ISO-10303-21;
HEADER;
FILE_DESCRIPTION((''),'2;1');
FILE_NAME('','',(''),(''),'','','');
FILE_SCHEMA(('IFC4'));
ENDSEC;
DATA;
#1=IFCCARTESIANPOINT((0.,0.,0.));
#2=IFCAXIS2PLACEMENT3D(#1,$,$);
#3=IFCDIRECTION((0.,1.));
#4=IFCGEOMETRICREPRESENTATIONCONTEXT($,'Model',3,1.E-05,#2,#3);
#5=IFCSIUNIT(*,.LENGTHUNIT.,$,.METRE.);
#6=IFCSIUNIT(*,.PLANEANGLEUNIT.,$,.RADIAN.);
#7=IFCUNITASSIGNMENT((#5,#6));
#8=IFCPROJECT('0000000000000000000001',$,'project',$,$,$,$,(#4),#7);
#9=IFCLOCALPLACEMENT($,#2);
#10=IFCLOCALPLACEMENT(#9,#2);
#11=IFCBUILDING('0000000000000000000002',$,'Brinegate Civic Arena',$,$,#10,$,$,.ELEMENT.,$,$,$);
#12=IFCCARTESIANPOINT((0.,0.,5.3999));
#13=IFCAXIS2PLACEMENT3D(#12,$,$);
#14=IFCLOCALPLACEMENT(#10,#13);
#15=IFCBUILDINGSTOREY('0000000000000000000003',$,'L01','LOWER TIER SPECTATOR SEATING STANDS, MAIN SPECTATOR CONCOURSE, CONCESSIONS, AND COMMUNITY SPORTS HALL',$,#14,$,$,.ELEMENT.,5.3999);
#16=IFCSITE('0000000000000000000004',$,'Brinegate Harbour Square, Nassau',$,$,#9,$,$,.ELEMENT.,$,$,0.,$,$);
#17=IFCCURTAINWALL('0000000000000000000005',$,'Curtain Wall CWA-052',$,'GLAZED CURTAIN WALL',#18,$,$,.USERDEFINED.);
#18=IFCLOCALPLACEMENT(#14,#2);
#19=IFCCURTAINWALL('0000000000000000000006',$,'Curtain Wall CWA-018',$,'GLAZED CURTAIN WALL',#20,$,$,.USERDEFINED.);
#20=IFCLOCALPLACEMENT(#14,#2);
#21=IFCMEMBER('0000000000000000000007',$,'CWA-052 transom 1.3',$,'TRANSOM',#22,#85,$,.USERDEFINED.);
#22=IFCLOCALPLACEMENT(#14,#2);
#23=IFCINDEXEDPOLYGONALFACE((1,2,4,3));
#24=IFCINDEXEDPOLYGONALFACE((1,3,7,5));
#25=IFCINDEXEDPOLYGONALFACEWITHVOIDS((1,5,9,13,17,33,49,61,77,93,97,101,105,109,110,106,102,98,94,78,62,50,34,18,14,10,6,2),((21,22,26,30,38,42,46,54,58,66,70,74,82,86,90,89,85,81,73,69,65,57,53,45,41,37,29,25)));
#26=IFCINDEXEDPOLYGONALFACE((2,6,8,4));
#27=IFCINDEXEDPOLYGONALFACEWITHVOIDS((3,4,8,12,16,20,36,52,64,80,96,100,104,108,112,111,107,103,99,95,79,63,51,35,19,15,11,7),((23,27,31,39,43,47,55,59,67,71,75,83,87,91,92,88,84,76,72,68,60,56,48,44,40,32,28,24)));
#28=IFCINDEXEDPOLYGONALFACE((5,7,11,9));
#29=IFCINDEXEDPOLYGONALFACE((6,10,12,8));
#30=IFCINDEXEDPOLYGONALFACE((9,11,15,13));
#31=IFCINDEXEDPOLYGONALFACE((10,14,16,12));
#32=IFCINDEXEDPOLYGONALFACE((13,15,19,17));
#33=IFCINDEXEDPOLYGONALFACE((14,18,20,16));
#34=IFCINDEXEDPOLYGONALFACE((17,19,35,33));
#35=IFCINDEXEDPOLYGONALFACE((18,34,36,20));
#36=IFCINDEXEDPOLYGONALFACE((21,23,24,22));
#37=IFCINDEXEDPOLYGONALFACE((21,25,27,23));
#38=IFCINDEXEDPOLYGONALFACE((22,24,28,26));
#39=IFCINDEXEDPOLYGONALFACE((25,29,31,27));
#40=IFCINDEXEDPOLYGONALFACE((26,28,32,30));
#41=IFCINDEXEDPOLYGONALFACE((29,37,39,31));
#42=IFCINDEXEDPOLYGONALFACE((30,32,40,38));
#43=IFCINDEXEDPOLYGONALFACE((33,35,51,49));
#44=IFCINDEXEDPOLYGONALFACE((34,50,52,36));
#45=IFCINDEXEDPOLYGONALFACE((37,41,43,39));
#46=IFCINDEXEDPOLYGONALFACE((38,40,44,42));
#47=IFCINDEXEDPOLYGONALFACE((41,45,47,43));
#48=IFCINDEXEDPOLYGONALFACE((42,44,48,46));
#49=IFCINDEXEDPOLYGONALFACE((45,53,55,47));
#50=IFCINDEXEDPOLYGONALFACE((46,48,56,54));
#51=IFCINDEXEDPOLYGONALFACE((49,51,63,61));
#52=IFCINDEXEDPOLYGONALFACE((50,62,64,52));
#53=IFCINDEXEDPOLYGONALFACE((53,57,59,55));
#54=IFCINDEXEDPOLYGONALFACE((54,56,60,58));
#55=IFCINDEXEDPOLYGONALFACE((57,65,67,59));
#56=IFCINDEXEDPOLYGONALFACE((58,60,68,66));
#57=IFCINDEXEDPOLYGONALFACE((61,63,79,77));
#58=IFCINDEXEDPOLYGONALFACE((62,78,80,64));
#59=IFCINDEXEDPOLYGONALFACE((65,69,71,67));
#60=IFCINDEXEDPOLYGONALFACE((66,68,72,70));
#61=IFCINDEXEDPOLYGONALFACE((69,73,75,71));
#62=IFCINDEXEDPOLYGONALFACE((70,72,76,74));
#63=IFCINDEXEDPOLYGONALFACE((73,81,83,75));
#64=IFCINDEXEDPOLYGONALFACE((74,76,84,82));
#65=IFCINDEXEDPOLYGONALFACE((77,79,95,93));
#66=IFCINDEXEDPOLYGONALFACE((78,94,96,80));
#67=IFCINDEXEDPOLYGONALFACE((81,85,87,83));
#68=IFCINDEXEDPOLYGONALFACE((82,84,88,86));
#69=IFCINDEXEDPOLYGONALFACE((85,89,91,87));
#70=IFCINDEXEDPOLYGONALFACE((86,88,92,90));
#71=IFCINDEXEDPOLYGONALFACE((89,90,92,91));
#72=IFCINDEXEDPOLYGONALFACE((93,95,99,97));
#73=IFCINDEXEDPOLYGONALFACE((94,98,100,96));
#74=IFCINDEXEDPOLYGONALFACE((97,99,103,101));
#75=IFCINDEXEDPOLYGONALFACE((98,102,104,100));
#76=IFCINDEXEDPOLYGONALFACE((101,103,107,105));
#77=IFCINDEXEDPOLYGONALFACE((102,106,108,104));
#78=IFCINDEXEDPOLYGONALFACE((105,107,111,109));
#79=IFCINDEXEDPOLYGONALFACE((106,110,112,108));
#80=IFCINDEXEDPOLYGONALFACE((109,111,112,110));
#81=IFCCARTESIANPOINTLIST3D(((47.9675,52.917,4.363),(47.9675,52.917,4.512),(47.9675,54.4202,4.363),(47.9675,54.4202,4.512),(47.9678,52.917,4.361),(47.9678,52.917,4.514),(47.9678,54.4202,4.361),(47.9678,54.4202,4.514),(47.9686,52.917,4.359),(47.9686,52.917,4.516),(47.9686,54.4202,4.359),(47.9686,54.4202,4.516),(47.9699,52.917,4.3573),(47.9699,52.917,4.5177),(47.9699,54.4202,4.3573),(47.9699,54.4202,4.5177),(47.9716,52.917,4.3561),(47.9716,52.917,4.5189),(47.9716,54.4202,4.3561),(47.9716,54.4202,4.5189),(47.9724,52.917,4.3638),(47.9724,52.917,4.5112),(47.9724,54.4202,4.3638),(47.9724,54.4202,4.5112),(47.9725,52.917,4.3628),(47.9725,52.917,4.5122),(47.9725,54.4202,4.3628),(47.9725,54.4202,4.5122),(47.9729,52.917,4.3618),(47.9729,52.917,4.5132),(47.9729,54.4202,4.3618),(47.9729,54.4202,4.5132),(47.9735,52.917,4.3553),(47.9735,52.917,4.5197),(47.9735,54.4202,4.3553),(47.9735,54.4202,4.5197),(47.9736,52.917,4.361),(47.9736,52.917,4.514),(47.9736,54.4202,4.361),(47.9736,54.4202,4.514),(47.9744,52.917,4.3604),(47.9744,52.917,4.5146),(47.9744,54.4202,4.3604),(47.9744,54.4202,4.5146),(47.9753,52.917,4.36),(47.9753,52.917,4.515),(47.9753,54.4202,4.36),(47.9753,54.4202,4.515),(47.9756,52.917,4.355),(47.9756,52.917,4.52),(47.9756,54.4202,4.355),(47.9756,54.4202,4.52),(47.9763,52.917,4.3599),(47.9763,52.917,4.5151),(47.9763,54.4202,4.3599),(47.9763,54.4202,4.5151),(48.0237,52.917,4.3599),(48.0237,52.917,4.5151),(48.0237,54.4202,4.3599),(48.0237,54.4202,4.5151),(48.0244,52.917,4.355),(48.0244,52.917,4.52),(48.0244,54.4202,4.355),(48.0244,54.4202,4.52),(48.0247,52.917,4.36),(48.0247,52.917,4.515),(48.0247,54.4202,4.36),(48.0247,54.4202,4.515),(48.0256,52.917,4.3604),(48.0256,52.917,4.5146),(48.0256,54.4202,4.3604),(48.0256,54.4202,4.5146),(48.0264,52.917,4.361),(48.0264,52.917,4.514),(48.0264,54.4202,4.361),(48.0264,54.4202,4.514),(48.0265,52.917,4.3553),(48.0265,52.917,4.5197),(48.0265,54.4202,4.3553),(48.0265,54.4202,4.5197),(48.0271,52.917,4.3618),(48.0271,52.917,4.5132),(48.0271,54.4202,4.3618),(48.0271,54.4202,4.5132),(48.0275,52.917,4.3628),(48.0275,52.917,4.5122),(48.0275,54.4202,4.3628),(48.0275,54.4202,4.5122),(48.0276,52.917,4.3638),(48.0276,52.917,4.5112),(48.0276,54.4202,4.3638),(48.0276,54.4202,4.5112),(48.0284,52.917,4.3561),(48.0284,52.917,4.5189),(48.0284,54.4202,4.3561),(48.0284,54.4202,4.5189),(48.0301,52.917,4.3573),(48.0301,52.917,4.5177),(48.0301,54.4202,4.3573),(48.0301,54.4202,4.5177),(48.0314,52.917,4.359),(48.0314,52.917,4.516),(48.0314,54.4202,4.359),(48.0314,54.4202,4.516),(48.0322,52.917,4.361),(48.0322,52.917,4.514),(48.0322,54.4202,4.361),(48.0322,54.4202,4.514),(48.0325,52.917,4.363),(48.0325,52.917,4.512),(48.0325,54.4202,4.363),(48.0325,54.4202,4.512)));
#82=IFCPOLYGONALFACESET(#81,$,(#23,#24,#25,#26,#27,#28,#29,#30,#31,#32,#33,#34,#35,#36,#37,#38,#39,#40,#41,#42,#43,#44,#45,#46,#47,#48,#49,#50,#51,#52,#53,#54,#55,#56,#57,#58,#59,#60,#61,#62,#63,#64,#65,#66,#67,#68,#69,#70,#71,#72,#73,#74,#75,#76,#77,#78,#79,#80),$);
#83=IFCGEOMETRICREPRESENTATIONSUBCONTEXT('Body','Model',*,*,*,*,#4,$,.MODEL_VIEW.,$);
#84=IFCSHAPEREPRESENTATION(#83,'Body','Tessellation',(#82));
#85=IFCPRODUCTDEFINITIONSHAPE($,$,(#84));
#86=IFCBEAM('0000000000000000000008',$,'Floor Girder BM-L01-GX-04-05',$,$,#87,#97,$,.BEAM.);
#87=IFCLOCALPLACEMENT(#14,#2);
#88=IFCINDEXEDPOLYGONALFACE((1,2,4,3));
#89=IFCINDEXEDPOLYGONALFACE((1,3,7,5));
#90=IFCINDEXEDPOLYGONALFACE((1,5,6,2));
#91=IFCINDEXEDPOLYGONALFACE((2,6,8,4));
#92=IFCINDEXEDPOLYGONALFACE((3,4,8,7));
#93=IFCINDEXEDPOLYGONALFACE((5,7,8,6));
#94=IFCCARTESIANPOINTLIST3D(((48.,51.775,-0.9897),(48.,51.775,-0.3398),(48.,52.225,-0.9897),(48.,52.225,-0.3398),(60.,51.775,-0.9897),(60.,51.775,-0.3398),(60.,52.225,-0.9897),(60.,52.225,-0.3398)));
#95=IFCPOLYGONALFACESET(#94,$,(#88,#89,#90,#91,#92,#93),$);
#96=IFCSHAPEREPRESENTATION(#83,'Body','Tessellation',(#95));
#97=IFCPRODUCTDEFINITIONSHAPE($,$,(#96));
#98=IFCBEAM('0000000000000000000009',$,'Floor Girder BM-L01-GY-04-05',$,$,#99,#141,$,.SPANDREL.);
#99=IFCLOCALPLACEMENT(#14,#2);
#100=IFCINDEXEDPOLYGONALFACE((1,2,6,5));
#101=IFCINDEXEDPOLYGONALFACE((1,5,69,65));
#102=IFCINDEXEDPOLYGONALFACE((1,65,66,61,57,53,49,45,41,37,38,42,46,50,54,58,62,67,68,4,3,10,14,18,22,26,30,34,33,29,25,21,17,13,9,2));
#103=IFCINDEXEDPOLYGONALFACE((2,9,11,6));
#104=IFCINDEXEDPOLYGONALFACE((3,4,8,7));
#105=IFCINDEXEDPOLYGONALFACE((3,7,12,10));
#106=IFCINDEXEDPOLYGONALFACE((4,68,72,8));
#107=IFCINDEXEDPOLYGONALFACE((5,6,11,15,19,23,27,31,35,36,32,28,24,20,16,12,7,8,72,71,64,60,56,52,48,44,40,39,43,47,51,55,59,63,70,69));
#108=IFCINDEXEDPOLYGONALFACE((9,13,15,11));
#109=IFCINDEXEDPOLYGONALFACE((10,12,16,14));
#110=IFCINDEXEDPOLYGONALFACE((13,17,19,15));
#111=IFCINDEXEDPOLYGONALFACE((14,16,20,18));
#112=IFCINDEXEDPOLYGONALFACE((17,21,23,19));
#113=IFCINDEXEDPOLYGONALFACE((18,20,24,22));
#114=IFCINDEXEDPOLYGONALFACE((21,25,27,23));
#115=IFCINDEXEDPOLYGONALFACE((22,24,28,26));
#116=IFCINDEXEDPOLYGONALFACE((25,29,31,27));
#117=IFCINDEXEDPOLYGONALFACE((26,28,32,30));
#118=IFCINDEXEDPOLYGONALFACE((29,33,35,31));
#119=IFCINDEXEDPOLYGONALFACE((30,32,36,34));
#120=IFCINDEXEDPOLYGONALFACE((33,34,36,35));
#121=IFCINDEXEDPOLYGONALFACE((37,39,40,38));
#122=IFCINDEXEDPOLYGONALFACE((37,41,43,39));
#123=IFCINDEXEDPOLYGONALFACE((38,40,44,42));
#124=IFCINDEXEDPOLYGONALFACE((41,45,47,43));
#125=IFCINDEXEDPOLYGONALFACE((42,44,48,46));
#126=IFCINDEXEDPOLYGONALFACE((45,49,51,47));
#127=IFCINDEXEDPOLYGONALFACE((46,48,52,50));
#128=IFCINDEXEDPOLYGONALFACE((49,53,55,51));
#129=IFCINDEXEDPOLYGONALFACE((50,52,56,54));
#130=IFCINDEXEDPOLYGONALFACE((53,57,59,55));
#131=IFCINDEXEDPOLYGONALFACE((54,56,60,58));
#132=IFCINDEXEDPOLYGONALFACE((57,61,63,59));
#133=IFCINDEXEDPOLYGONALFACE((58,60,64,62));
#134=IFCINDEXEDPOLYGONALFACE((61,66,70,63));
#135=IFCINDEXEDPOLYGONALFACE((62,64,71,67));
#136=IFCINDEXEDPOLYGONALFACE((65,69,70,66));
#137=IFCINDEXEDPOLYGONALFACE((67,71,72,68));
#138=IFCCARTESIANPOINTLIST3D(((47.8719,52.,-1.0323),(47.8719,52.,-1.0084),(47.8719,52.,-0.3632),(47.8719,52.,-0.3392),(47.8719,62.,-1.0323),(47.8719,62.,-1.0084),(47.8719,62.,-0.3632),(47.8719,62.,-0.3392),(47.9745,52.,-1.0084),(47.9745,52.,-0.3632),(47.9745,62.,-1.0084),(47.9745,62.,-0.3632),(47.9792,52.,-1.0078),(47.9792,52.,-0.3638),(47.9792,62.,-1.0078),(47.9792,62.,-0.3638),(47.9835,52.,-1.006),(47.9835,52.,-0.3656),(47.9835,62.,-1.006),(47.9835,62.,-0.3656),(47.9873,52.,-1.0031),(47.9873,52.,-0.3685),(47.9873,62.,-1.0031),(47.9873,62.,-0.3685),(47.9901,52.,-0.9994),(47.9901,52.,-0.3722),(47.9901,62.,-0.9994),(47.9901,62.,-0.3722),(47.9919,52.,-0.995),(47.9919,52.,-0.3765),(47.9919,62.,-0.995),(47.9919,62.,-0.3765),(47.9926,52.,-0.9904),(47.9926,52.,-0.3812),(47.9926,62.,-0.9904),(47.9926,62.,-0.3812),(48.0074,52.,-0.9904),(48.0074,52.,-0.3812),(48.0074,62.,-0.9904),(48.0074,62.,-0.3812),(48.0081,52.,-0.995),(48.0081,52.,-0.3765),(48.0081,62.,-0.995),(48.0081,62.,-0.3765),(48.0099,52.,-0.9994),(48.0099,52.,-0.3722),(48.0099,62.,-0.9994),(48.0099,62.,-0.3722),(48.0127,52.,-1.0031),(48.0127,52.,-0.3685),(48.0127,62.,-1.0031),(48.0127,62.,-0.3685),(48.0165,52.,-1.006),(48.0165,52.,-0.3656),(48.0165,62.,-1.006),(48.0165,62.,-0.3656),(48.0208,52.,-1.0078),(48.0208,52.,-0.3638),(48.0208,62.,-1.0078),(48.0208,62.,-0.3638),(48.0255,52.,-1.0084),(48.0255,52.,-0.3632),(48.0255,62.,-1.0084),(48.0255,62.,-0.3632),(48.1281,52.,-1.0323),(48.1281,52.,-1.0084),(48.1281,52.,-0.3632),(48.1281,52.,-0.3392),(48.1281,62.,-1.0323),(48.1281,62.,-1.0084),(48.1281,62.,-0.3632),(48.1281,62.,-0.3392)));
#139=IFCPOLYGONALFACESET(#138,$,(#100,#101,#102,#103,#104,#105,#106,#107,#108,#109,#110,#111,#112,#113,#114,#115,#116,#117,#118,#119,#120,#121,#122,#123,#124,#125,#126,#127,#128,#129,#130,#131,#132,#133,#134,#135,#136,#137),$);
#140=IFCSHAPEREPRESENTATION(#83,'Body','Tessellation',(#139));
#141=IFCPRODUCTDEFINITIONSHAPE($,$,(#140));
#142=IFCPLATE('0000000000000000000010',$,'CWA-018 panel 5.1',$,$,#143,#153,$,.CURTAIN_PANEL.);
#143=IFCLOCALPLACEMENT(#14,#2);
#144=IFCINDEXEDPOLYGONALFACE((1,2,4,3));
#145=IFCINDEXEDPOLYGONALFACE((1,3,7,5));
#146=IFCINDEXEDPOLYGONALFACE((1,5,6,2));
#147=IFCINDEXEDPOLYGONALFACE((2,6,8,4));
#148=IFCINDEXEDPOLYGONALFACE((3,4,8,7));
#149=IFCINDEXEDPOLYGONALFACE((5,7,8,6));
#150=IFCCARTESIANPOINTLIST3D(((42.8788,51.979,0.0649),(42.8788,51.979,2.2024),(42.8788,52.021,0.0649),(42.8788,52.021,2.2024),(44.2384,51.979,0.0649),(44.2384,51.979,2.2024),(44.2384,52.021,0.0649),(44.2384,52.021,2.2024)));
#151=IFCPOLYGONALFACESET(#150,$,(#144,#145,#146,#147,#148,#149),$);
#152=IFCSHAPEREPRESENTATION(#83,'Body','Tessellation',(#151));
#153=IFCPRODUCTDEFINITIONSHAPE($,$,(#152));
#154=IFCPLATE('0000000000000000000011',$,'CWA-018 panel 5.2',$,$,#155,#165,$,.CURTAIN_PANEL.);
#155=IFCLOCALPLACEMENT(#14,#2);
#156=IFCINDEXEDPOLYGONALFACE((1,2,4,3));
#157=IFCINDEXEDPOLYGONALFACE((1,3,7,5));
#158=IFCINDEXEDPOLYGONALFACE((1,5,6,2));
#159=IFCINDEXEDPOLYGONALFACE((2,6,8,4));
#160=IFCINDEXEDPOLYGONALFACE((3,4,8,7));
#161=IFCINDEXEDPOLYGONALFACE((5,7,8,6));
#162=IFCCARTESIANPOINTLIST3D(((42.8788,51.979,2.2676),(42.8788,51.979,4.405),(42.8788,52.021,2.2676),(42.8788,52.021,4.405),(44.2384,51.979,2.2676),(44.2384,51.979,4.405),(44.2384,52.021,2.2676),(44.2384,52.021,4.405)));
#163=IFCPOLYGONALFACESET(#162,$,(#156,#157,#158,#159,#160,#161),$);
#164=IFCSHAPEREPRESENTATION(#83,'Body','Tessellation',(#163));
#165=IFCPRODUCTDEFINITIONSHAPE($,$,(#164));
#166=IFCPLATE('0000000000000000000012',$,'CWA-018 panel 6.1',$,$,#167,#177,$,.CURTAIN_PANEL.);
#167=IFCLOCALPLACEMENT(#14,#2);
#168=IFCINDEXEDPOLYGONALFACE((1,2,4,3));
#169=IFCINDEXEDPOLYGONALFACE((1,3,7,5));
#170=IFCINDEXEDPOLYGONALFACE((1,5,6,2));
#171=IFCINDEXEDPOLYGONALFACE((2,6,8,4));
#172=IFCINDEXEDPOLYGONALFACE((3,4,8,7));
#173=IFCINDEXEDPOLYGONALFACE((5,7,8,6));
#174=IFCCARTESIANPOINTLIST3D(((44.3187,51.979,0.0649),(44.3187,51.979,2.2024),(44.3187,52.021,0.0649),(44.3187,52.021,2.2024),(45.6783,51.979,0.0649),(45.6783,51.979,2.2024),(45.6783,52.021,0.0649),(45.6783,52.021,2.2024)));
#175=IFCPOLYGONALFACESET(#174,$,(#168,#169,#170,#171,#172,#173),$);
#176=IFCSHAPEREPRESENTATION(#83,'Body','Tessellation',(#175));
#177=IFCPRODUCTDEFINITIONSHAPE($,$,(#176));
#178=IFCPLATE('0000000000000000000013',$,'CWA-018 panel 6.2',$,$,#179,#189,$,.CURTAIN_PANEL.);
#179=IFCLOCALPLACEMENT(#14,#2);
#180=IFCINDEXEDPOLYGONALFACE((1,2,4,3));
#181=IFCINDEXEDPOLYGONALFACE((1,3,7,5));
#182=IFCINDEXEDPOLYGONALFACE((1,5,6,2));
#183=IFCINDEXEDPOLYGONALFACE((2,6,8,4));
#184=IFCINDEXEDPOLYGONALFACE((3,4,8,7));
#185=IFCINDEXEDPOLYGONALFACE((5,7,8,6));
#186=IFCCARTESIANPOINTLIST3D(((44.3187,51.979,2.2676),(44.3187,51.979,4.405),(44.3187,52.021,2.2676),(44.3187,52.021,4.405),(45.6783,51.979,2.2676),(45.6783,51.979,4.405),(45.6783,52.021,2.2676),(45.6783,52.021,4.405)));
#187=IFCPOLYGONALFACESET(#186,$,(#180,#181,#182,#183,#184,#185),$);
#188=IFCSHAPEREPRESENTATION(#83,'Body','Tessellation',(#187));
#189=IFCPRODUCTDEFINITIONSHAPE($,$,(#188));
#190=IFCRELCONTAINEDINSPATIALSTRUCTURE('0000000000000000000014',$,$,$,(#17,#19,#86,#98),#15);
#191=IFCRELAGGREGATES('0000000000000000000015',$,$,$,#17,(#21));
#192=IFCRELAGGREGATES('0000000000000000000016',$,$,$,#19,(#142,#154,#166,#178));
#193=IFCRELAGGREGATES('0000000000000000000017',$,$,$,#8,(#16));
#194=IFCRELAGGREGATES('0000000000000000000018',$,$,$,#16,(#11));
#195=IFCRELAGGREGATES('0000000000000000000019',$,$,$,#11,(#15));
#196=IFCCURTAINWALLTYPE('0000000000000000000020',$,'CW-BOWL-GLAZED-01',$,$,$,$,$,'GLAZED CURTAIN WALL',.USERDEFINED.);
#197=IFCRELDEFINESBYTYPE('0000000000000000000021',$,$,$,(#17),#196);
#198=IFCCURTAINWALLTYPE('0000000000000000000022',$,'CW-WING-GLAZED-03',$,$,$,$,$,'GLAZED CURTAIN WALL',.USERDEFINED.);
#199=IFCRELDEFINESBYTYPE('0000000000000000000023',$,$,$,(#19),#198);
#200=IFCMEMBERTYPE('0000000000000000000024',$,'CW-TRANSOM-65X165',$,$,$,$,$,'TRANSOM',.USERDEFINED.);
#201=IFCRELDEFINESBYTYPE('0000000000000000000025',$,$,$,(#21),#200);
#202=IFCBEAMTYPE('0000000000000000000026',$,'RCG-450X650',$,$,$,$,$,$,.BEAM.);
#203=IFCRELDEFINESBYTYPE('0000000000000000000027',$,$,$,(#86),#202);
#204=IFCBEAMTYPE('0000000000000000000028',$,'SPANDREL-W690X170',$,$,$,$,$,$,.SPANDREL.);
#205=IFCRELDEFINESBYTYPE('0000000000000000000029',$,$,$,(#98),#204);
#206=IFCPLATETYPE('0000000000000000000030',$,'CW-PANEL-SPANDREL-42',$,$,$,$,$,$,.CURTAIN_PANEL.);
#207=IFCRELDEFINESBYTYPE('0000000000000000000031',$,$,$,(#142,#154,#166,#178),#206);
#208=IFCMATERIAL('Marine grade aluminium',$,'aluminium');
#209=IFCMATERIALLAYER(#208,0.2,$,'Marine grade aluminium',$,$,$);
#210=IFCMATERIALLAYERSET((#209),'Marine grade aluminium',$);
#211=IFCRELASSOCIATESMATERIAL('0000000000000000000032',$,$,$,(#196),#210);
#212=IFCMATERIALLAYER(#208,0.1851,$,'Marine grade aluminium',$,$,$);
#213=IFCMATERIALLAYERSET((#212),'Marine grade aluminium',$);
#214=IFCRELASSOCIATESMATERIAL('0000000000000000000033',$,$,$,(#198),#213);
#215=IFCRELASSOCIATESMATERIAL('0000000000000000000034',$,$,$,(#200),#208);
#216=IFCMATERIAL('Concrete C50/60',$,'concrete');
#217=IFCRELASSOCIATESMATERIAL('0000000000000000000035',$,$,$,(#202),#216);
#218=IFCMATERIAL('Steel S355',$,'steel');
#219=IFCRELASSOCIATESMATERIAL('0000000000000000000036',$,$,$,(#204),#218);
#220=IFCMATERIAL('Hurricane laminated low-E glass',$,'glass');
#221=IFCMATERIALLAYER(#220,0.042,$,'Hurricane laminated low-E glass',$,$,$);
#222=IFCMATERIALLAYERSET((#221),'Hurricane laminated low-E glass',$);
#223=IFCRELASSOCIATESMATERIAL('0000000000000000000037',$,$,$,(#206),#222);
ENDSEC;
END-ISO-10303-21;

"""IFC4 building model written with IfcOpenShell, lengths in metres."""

from ifc_helpers import new_model, si_unit, direction, frame, origin, origin_2d, place, context, subcontext, project, spatial, rectangle, hollow_rectangle, i_section, extrude, material, layer, layer_set, material_profile, profile_set, type_object, element, aggregate, save


model = new_model("IFC4")

# Units and contexts
model_context = context("Model", 3, precision=1e-05, world=origin(), true_north=direction((0.0, 1.0)))
body_context = subcontext(model_context, "Body", "Model", "MODEL_VIEW")
ifc_project = project(units=[si_unit("LENGTHUNIT", "METRE"), si_unit("PLANEANGLEUNIT", "RADIAN")], contexts=[model_context])

# Site, building, storey
site_placement = place(None, origin())
site = spatial("IfcSite", under=ifc_project, at=site_placement, Name="Brinegate Harbour Square, Nassau", CompositionType="ELEMENT", RefElevation=0.0)
building_placement = place(site_placement, origin())
building = spatial("IfcBuilding", under=site, at=building_placement, Name="Brinegate Civic Arena", CompositionType="ELEMENT")
storey_placement = place(building_placement, frame((0.0, 0.0, 5.3999)))
storey = spatial("IfcBuildingStorey", under=building, at=storey_placement, Name="L01", Description="LOWER TIER SPECTATOR SEATING STANDS, MAIN SPECTATOR CONCOURSE, CONCESSIONS, AND COMMUNITY SPORTS HALL", CompositionType="ELEMENT", Elevation=5.3999)

# Shared definitions
ifc_material_1 = material(Name="Steel S355", Category="steel")

# Curtain wall
ifc_material_2 = material(Name="Marine grade aluminium", Category="aluminium")
ifc_layer_1 = layer(ifc_material_2, 0.2, Name="Marine grade aluminium")
ifc_layer_set_1 = layer_set([ifc_layer_1], Name="Marine grade aluminium")
curtain_wall_type_1 = type_object("IfcCurtainWallType", Name="CW-BOWL-GLAZED-01", ElementType="GLAZED CURTAIN WALL", PredefinedType="USERDEFINED", material=ifc_layer_set_1)
curtain_wall_1_placement = place(storey_placement, origin())
curtain_wall_1 = element("IfcCurtainWall", 1, at=curtain_wall_1_placement, inside=storey, type_object=curtain_wall_type_1, Name="Curtain Wall CWA-052", ObjectType="GLAZED CURTAIN WALL", PredefinedType="USERDEFINED")

# Curtain wall
ifc_layer_2 = layer(ifc_material_2, 0.1851, Name="Marine grade aluminium")
ifc_layer_set_2 = layer_set([ifc_layer_2], Name="Marine grade aluminium")
curtain_wall_type_2 = type_object("IfcCurtainWallType", Name="CW-WING-GLAZED-03", ElementType="GLAZED CURTAIN WALL", PredefinedType="USERDEFINED", material=ifc_layer_set_2)
curtain_wall_2_placement = place(storey_placement, origin())
curtain_wall_2 = element("IfcCurtainWall", 2, at=curtain_wall_2_placement, inside=storey, type_object=curtain_wall_type_2, Name="Curtain Wall CWA-018", ObjectType="GLAZED CURTAIN WALL", PredefinedType="USERDEFINED")
ifc_material_profile_1 = material_profile(ifc_material_2, hollow_rectangle(XDim=0.0649, YDim=0.165, WallThickness=0.0049, InnerFilletRadius=0.0039, OuterFilletRadius=0.0081, at=origin_2d()), Name="TRN65X165")
ifc_profile_set_1 = profile_set([ifc_material_profile_1], Name="Marine grade aluminium")
member_type_1 = type_object("IfcMemberType", Name="CW-TRANSOM-65X165", ElementType="TRANSOM", PredefinedType="USERDEFINED", material=ifc_profile_set_1)

# Member
member_1_placement = place(storey_placement, frame((48.0, 52.917, 4.4375), z_axis=(0.0, 1.0, 0.0), x_axis=(-1.0, 0.0, 0.0)))
member_1 = element("IfcMember", 3, at=member_1_placement, type_object=member_type_1, Name="CWA-052 transom 1.3", ObjectType="TRANSOM", PredefinedType="USERDEFINED", context=body_context, shape_type="SweptSolid", body=[
    extrude(hollow_rectangle(XDim=0.0649, YDim=0.165, WallThickness=0.0049, InnerFilletRadius=0.0039, OuterFilletRadius=0.0081, at=origin_2d()), origin(), (0.0, 0.0, 1.0), 1.5032),
])
aggregate(curtain_wall_1, [member_1])

# Beams
ifc_material_3 = material(Name="Concrete C50/60", Category="concrete")
ifc_material_profile_2 = material_profile(ifc_material_3, rectangle(XDim=0.45, YDim=0.6499, at=origin_2d()), Name="RCB450X650")
ifc_profile_set_2 = profile_set([ifc_material_profile_2], Name="Concrete C50/60")
beam_type_1 = type_object("IfcBeamType", Name="RCG-450X650", PredefinedType="BEAM", material=ifc_profile_set_2)
beam_1_placement = place(storey_placement, frame((48.0, 52.0, -0.6648), z_axis=(1.0, 0.0, 0.0), x_axis=(0.0, 1.0, 0.0)))
element("IfcBeam", 4, at=beam_1_placement, inside=storey, type_object=beam_type_1, Name="Floor Girder BM-L01-GX-04-05", PredefinedType="BEAM", context=body_context, shape_type="SweptSolid", body=[
    extrude(rectangle(XDim=0.45, YDim=0.6499, at=origin_2d()), origin(), (0.0, 0.0, 1.0), 12.0),
])
ifc_material_profile_3 = material_profile(ifc_material_1, i_section(OverallWidth=0.2561, OverallDepth=0.6931, WebThickness=0.0149, FlangeThickness=0.0239, FilletRadius=0.0181, at=origin_2d()), Name="W690X170")
ifc_profile_set_3 = profile_set([ifc_material_profile_3], Name="Steel S355")
beam_type_2 = type_object("IfcBeamType", Name="SPANDREL-W690X170", PredefinedType="SPANDREL", material=ifc_profile_set_3)
beam_2_placement = place(storey_placement, frame((48.0, 52.0, -0.6858), z_axis=(0.0, 1.0, 0.0), x_axis=(-1.0, 0.0, 0.0)))
element("IfcBeam", 5, at=beam_2_placement, inside=storey, type_object=beam_type_2, Name="Floor Girder BM-L01-GY-04-05", PredefinedType="SPANDREL", context=body_context, shape_type="SweptSolid", body=[
    extrude(i_section(OverallWidth=0.2561, OverallDepth=0.6931, WebThickness=0.0149, FlangeThickness=0.0239, FilletRadius=0.0181, at=origin_2d()), origin(), (0.0, 0.0, 1.0), 10.0),
])

# Plates
ifc_material_4 = material(Name="Hurricane laminated low-E glass", Category="glass")
ifc_layer_3 = layer(ifc_material_4, 0.042, Name="Hurricane laminated low-E glass")
ifc_layer_set_3 = layer_set([ifc_layer_3], Name="Hurricane laminated low-E glass")
plate_type = type_object("IfcPlateType", Name="CW-PANEL-SPANDREL-42", PredefinedType="CURTAIN_PANEL", material=ifc_layer_set_3)
plate_1_placement = place(storey_placement, frame((43.5586, 52.0, 0.0649), z_axis=(0.0, 0.0, 1.0), x_axis=(1.0, 0.0, 0.0)))
plate_1 = element("IfcPlate", 6, at=plate_1_placement, type_object=plate_type, Name="CWA-018 panel 5.1", PredefinedType="CURTAIN_PANEL", context=body_context, shape_type="SweptSolid", body=[
    extrude(rectangle(XDim=1.3596, YDim=0.042, at=origin_2d()), origin(), (0.0, 0.0, 1.0), 2.1375),
])
plate_2_placement = place(storey_placement, frame((43.5586, 52.0, 2.2676), z_axis=(0.0, 0.0, 1.0), x_axis=(1.0, 0.0, 0.0)))
plate_2 = element("IfcPlate", 7, at=plate_2_placement, type_object=plate_type, Name="CWA-018 panel 5.2", PredefinedType="CURTAIN_PANEL", context=body_context, shape_type="SweptSolid", body=[
    extrude(rectangle(XDim=1.3596, YDim=0.042, at=origin_2d()), origin(), (0.0, 0.0, 1.0), 2.1375),
])
plate_3_placement = place(storey_placement, frame((44.9985, 52.0, 0.0649), z_axis=(0.0, 0.0, 1.0), x_axis=(1.0, 0.0, 0.0)))
plate_3 = element("IfcPlate", 8, at=plate_3_placement, type_object=plate_type, Name="CWA-018 panel 6.1", PredefinedType="CURTAIN_PANEL", context=body_context, shape_type="SweptSolid", body=[
    extrude(rectangle(XDim=1.3596, YDim=0.042, at=origin_2d()), origin(), (0.0, 0.0, 1.0), 2.1375),
])
plate_4_placement = place(storey_placement, frame((44.9985, 52.0, 2.2676), z_axis=(0.0, 0.0, 1.0), x_axis=(1.0, 0.0, 0.0)))
plate_4 = element("IfcPlate", 9, at=plate_4_placement, type_object=plate_type, Name="CWA-018 panel 6.2", PredefinedType="CURTAIN_PANEL", context=body_context, shape_type="SweptSolid", body=[
    extrude(rectangle(XDim=1.3596, YDim=0.042, at=origin_2d()), origin(), (0.0, 0.0, 1.0), 2.1375),
])
aggregate(curtain_wall_2, [plate_1, plate_2, plate_3, plate_4])

save(model, "model.ifc")
